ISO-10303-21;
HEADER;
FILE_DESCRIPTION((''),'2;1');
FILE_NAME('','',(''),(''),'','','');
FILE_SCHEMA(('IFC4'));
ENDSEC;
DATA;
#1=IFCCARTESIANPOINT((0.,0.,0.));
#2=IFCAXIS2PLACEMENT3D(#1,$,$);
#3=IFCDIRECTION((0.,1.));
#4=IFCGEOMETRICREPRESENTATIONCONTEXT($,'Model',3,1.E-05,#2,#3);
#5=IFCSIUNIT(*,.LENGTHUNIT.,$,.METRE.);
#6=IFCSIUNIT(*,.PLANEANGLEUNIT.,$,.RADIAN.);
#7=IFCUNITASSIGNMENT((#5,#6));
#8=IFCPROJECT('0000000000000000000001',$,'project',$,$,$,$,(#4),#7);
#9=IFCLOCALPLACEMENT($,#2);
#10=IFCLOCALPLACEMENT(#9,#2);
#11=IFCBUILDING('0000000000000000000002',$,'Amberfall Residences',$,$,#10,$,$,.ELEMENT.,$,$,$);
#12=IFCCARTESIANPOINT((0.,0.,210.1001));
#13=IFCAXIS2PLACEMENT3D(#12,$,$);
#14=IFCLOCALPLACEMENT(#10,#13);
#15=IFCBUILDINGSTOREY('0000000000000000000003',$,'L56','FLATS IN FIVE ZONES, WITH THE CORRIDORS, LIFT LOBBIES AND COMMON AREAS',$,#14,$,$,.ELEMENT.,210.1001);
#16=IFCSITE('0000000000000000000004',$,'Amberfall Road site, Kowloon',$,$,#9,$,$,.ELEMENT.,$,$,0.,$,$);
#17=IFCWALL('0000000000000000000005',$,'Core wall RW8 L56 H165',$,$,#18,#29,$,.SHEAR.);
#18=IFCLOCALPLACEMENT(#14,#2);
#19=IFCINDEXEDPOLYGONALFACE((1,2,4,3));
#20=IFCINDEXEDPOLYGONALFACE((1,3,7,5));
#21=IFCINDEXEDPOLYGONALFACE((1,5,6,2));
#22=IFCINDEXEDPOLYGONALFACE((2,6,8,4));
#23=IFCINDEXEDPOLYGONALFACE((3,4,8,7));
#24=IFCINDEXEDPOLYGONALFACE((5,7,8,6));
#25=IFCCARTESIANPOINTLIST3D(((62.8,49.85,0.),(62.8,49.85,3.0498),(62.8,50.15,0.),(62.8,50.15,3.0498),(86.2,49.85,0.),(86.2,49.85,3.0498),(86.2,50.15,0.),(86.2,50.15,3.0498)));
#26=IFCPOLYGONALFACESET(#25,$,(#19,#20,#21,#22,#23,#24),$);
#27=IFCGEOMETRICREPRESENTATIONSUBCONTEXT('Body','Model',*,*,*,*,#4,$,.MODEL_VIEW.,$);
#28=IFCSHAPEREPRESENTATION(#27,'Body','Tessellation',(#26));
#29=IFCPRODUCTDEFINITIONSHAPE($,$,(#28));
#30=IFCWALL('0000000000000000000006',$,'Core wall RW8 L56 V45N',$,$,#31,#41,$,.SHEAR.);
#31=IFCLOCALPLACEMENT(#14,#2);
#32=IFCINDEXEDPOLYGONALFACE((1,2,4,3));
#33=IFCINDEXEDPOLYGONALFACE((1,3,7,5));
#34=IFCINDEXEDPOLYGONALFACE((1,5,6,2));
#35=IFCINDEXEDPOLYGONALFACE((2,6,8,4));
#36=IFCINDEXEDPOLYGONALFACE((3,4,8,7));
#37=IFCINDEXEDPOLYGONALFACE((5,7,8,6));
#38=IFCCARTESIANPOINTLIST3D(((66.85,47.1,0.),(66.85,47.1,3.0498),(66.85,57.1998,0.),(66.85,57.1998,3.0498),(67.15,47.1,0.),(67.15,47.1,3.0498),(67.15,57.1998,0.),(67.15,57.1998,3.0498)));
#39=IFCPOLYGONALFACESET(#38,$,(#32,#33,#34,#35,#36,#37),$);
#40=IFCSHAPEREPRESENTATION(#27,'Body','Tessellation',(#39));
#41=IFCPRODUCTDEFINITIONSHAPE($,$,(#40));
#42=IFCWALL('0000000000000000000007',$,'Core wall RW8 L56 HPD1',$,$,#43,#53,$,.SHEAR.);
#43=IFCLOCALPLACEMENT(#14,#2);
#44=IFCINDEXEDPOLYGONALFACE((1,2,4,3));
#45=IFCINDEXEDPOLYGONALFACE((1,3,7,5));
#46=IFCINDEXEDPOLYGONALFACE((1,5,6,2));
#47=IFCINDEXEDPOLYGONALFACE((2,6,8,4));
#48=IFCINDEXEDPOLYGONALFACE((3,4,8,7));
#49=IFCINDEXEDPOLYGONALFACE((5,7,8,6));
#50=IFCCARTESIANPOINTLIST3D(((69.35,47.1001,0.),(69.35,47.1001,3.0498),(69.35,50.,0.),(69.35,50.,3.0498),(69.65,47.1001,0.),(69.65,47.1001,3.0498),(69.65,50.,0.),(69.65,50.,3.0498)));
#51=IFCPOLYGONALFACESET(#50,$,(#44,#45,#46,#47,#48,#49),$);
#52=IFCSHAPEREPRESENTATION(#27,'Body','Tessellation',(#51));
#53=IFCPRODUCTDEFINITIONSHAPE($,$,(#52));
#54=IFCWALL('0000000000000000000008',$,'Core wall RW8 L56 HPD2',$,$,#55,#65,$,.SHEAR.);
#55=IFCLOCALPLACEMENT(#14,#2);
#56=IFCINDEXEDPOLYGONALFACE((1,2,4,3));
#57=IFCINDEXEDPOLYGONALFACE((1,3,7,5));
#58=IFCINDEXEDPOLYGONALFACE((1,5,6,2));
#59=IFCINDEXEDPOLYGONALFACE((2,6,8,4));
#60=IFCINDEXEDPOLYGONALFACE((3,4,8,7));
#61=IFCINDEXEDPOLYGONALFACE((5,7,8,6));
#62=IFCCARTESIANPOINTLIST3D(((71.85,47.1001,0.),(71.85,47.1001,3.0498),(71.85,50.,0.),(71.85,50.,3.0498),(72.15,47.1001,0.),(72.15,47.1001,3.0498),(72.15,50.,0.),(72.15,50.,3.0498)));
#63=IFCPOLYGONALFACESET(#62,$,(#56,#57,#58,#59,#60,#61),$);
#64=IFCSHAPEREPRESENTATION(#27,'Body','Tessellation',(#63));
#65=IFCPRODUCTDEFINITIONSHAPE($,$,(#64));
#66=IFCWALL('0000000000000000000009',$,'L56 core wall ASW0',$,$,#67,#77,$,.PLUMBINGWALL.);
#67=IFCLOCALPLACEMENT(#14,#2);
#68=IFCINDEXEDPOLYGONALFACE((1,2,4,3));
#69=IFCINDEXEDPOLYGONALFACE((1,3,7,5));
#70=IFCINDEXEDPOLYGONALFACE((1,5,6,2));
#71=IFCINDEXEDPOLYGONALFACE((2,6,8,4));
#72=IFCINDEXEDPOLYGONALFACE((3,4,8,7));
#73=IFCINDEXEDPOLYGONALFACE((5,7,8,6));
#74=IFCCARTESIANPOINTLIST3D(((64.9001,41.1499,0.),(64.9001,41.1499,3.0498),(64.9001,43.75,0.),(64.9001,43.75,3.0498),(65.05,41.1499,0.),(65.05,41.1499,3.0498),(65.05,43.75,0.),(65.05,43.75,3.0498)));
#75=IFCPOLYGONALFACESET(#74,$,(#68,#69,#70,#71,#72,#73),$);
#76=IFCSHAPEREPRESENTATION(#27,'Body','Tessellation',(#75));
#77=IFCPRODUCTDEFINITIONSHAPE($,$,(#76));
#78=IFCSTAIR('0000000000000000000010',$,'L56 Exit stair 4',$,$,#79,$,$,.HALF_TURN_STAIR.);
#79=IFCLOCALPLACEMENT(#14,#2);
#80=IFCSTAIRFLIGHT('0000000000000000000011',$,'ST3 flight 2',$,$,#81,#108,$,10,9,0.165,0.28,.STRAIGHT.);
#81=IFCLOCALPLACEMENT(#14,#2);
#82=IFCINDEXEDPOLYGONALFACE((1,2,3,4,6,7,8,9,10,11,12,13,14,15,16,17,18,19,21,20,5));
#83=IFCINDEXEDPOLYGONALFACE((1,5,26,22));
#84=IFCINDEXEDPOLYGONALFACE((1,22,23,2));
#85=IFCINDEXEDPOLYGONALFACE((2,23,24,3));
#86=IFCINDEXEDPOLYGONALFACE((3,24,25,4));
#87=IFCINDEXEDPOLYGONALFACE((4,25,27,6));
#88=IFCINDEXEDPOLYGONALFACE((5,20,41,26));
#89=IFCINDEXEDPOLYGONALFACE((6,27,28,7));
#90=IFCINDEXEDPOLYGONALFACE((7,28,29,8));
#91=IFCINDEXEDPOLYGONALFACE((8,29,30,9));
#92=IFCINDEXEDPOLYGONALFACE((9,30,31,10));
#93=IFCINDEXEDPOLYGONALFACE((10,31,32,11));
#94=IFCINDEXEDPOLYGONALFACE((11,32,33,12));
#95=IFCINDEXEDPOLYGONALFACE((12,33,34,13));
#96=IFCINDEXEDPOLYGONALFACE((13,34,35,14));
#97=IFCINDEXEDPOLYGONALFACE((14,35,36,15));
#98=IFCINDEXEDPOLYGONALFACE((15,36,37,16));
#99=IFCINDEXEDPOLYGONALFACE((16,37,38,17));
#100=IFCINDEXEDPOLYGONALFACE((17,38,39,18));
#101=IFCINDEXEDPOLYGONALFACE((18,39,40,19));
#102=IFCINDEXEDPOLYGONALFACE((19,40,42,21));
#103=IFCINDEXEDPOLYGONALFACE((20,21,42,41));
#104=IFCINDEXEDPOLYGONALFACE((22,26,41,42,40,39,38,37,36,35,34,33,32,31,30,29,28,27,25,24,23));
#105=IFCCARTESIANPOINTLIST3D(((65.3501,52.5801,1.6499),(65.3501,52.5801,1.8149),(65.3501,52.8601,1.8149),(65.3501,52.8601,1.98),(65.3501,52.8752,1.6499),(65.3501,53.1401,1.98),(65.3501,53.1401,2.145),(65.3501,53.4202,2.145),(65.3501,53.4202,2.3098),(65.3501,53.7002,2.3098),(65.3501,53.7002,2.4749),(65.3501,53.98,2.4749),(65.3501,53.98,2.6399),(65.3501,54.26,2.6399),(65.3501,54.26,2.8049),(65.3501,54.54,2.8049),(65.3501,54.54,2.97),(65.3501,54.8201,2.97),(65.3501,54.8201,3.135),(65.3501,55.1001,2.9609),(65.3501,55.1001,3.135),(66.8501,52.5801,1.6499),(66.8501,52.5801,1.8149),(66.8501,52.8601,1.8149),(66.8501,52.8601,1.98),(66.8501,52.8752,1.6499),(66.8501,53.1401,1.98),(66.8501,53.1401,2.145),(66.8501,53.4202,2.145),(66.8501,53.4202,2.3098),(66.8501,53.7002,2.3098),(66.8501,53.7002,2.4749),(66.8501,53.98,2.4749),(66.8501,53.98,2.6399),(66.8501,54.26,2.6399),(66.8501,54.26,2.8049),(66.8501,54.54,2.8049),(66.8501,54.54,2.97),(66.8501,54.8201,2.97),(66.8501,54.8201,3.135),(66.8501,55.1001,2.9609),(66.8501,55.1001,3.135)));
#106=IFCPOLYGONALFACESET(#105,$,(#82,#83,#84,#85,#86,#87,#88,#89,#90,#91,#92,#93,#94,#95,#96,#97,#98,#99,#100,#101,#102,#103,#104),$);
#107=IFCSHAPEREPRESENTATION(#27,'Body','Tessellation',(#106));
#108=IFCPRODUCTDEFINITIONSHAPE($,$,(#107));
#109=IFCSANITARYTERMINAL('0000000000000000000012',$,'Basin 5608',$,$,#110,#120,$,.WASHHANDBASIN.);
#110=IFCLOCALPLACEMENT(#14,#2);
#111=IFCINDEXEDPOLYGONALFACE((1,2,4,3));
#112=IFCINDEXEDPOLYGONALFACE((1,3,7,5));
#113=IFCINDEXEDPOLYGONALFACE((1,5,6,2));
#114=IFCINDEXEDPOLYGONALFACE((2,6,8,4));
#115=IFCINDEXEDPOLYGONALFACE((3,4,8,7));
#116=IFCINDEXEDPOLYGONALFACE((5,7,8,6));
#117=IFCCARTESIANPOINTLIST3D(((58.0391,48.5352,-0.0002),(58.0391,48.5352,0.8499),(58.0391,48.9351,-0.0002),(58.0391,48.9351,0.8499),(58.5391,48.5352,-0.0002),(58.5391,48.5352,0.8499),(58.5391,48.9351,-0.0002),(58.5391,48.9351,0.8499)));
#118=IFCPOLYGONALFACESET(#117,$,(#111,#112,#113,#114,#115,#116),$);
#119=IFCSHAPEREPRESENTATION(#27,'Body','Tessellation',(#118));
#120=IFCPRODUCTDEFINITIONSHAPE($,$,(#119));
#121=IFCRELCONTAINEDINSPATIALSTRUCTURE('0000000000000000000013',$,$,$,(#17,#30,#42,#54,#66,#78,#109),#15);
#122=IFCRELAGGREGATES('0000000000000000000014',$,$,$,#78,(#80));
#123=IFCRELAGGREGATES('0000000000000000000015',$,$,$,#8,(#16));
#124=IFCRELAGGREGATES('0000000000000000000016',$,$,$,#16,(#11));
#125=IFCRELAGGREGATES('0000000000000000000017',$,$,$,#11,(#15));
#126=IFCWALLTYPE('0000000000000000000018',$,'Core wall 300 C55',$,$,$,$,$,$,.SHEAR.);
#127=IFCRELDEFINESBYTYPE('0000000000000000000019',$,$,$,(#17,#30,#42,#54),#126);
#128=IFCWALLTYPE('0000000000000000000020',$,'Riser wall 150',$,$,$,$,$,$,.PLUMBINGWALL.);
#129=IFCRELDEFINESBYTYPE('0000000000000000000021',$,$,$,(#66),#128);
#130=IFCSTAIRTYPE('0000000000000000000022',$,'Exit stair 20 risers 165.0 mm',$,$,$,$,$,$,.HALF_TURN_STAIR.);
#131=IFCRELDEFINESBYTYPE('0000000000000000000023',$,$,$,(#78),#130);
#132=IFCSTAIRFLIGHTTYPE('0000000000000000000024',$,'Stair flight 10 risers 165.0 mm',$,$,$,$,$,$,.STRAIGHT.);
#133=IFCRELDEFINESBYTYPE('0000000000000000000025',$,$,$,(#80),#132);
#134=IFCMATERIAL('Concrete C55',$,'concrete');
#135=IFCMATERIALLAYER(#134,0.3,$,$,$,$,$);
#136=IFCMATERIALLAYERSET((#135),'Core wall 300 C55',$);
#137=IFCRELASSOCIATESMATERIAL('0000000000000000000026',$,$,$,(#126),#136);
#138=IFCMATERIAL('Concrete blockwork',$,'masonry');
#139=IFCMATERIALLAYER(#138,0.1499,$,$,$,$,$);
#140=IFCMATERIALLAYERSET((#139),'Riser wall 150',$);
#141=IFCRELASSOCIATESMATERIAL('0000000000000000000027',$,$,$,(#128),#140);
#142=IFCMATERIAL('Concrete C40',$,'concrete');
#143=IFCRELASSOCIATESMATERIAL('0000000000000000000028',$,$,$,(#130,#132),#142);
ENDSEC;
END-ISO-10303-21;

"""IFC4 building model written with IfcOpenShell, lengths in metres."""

from ifc_helpers import new_model, si_unit, direction, frame, frame_2d, origin, origin_2d, place, context, subcontext, project, spatial, polyline, rectangle, outline, extrude, material, layer, layer_set, type_object, element, aggregate, save


model = new_model("IFC4")

# Units and contexts
model_context = context("Model", 3, precision=1e-05, world=origin(), true_north=direction((0.0, 1.0)))
body_context = subcontext(model_context, "Body", "Model", "MODEL_VIEW")
ifc_project = project(units=[si_unit("LENGTHUNIT", "METRE"), si_unit("PLANEANGLEUNIT", "RADIAN")], contexts=[model_context])

# Site, building, storey
site_placement = place(None, origin())
site = spatial("IfcSite", under=ifc_project, at=site_placement, Name="Amberfall Road site, Kowloon", CompositionType="ELEMENT", RefElevation=0.0)
building_placement = place(site_placement, origin())
building = spatial("IfcBuilding", under=site, at=building_placement, Name="Amberfall Residences", CompositionType="ELEMENT")
storey_placement = place(building_placement, frame((0.0, 0.0, 210.1001)))
storey = spatial("IfcBuildingStorey", under=building, at=storey_placement, Name="L56", Description="FLATS IN FIVE ZONES, WITH THE CORRIDORS, LIFT LOBBIES AND COMMON AREAS", CompositionType="ELEMENT", Elevation=210.1001)

# Shared definitions
ifc_material_1 = material(Name="Concrete C55", Category="concrete")
ifc_layer_1 = layer(ifc_material_1, 0.3)
ifc_layer_set_1 = layer_set([ifc_layer_1], Name="Core wall 300 C55")
wall_type_1 = type_object("IfcWallType", Name="Core wall 300 C55", PredefinedType="SHEAR", material=ifc_layer_set_1)

# Walls
wall_1_placement = place(storey_placement, frame((62.8, 50.0, 0.0), z_axis=(0.0, 0.0, 1.0), x_axis=(1.0, 0.0, 0.0)))
element("IfcWall", 1, at=wall_1_placement, inside=storey, type_object=wall_type_1, Name="Core wall RW8 L56 H165", PredefinedType="SHEAR", context=body_context, shape_type="SweptSolid", body=[
    extrude(rectangle(XDim=23.3999, YDim=0.3, at=frame_2d((11.7, 0.0))), origin(), (0.0, 0.0, 1.0), 3.0498),
])
wall_2_placement = place(storey_placement, frame((67.0, 47.1001, 0.0), z_axis=(0.0, 0.0, 1.0), x_axis=(0.0, 1.0, 0.0)))
element("IfcWall", 2, at=wall_2_placement, inside=storey, type_object=wall_type_1, Name="Core wall RW8 L56 V45N", PredefinedType="SHEAR", context=body_context, shape_type="SweptSolid", body=[
    extrude(rectangle(XDim=10.0999, YDim=0.3, at=frame_2d((5.0498, 0.0))), origin(), (0.0, 0.0, 1.0), 3.0498),
])
for number, where, z_axis, x_axis, name in (
    (3, (69.5, 47.1001, 0.0), (0.0, 0.0, 1.0), (0.0, 1.0, 0.0), "Core wall RW8 L56 HPD1"),
    (4, (72.0, 47.1001, 0.0), (0.0, 0.0, 1.0), (0.0, 1.0, 0.0), "Core wall RW8 L56 HPD2"),
):
    element("IfcWall", number, at=place(storey_placement, frame(where, z_axis=z_axis, x_axis=x_axis)), inside=storey, type_object=wall_type_1, Name=name, PredefinedType="SHEAR", context=body_context, shape_type="SweptSolid", body=[
        extrude(rectangle(XDim=2.8999, YDim=0.3, at=frame_2d((1.45, 0.0))), origin(), (0.0, 0.0, 1.0), 3.0498),
    ])
ifc_material_2 = material(Name="Concrete blockwork", Category="masonry")
ifc_layer_2 = layer(ifc_material_2, 0.1499)
ifc_layer_set_2 = layer_set([ifc_layer_2], Name="Riser wall 150")
wall_type_2 = type_object("IfcWallType", Name="Riser wall 150", PredefinedType="PLUMBINGWALL", material=ifc_layer_set_2)
wall_3_placement = place(storey_placement, frame((64.9751, 41.1499, 0.0), z_axis=(0.0, 0.0, 1.0), x_axis=(0.0, 1.0, 0.0)))
element("IfcWall", 5, at=wall_3_placement, inside=storey, type_object=wall_type_2, Name="L56 core wall ASW0", PredefinedType="PLUMBINGWALL", context=body_context, shape_type="SweptSolid", body=[
    extrude(rectangle(XDim=2.6001, YDim=0.1499, at=frame_2d((1.3, 0.0))), origin(), (0.0, 0.0, 1.0), 3.0498),
])

# Stair, stair flight
ifc_material_3 = material(Name="Concrete C40", Category="concrete")
stair_type = type_object("IfcStairType", Name="Exit stair 20 risers 165.0 mm", PredefinedType="HALF_TURN_STAIR", material=ifc_material_3)
stair_placement = place(storey_placement, origin())
stair = element("IfcStair", 6, at=stair_placement, inside=storey, type_object=stair_type, Name="L56 Exit stair 4", PredefinedType="HALF_TURN_STAIR")
stair_flight_type = type_object("IfcStairFlightType", Name="Stair flight 10 risers 165.0 mm", PredefinedType="STRAIGHT", material=ifc_material_3)
stair_flight_placement = place(storey_placement, frame((66.1001, 52.5801, 1.6499), z_axis=(0.0, 0.0, 1.0), x_axis=(0.0, 1.0, 0.0)))
stair_flight = element("IfcStairFlight", 7, at=stair_flight_placement, type_object=stair_flight_type, Name="ST3 flight 2", NumberOfRisers=10, NumberOfTreads=9, PredefinedType="STRAIGHT", RiserHeight=0.165, TreadLength=0.28, context=body_context, shape_type="SweptSolid", body=[
    extrude(outline(polyline([(0.0, 0.0), (0.0, 0.165), (0.28, 0.165), (0.28, 0.3301), (0.5601, 0.3301), (0.5601, 0.4951), (0.8401, 0.4951), (0.8401, 0.6599), (1.1201, 0.6599), (1.1201, 0.825), (1.3999, 0.825), (1.3999, 0.99), (1.6799, 0.99), (1.6799, 1.155), (1.96, 1.155), (1.96, 1.3201), (2.24, 1.3201), (2.24, 1.4851), (2.52, 1.4851), (2.52, 1.6499), (2.52, 1.311), (0.2952, 0.0), (0.0, 0.0)])), frame((0.0, 0.75, 0.0), z_axis=(0.0, -1.0, 0.0), x_axis=(1.0, 0.0, 0.0)), (0.0, 0.0, 1.0), 1.5),
])
aggregate(stair, [stair_flight])

# Sanitary terminal
sanitary_terminal_placement = place(storey_placement, frame((58.2891, 48.7351, -0.0002), z_axis=(0.0, 0.0, 1.0), x_axis=(1.0, 0.0, 0.0)))
element("IfcSanitaryTerminal", 8, at=sanitary_terminal_placement, inside=storey, Name="Basin 5608", PredefinedType="WASHHANDBASIN", context=body_context, shape_type="SweptSolid", body=[
    extrude(rectangle(XDim=0.5, YDim=0.3999, at=origin_2d()), origin(), (0.0, 0.0, 1.0), 0.8501),
])

save(model, "model.ifc")
